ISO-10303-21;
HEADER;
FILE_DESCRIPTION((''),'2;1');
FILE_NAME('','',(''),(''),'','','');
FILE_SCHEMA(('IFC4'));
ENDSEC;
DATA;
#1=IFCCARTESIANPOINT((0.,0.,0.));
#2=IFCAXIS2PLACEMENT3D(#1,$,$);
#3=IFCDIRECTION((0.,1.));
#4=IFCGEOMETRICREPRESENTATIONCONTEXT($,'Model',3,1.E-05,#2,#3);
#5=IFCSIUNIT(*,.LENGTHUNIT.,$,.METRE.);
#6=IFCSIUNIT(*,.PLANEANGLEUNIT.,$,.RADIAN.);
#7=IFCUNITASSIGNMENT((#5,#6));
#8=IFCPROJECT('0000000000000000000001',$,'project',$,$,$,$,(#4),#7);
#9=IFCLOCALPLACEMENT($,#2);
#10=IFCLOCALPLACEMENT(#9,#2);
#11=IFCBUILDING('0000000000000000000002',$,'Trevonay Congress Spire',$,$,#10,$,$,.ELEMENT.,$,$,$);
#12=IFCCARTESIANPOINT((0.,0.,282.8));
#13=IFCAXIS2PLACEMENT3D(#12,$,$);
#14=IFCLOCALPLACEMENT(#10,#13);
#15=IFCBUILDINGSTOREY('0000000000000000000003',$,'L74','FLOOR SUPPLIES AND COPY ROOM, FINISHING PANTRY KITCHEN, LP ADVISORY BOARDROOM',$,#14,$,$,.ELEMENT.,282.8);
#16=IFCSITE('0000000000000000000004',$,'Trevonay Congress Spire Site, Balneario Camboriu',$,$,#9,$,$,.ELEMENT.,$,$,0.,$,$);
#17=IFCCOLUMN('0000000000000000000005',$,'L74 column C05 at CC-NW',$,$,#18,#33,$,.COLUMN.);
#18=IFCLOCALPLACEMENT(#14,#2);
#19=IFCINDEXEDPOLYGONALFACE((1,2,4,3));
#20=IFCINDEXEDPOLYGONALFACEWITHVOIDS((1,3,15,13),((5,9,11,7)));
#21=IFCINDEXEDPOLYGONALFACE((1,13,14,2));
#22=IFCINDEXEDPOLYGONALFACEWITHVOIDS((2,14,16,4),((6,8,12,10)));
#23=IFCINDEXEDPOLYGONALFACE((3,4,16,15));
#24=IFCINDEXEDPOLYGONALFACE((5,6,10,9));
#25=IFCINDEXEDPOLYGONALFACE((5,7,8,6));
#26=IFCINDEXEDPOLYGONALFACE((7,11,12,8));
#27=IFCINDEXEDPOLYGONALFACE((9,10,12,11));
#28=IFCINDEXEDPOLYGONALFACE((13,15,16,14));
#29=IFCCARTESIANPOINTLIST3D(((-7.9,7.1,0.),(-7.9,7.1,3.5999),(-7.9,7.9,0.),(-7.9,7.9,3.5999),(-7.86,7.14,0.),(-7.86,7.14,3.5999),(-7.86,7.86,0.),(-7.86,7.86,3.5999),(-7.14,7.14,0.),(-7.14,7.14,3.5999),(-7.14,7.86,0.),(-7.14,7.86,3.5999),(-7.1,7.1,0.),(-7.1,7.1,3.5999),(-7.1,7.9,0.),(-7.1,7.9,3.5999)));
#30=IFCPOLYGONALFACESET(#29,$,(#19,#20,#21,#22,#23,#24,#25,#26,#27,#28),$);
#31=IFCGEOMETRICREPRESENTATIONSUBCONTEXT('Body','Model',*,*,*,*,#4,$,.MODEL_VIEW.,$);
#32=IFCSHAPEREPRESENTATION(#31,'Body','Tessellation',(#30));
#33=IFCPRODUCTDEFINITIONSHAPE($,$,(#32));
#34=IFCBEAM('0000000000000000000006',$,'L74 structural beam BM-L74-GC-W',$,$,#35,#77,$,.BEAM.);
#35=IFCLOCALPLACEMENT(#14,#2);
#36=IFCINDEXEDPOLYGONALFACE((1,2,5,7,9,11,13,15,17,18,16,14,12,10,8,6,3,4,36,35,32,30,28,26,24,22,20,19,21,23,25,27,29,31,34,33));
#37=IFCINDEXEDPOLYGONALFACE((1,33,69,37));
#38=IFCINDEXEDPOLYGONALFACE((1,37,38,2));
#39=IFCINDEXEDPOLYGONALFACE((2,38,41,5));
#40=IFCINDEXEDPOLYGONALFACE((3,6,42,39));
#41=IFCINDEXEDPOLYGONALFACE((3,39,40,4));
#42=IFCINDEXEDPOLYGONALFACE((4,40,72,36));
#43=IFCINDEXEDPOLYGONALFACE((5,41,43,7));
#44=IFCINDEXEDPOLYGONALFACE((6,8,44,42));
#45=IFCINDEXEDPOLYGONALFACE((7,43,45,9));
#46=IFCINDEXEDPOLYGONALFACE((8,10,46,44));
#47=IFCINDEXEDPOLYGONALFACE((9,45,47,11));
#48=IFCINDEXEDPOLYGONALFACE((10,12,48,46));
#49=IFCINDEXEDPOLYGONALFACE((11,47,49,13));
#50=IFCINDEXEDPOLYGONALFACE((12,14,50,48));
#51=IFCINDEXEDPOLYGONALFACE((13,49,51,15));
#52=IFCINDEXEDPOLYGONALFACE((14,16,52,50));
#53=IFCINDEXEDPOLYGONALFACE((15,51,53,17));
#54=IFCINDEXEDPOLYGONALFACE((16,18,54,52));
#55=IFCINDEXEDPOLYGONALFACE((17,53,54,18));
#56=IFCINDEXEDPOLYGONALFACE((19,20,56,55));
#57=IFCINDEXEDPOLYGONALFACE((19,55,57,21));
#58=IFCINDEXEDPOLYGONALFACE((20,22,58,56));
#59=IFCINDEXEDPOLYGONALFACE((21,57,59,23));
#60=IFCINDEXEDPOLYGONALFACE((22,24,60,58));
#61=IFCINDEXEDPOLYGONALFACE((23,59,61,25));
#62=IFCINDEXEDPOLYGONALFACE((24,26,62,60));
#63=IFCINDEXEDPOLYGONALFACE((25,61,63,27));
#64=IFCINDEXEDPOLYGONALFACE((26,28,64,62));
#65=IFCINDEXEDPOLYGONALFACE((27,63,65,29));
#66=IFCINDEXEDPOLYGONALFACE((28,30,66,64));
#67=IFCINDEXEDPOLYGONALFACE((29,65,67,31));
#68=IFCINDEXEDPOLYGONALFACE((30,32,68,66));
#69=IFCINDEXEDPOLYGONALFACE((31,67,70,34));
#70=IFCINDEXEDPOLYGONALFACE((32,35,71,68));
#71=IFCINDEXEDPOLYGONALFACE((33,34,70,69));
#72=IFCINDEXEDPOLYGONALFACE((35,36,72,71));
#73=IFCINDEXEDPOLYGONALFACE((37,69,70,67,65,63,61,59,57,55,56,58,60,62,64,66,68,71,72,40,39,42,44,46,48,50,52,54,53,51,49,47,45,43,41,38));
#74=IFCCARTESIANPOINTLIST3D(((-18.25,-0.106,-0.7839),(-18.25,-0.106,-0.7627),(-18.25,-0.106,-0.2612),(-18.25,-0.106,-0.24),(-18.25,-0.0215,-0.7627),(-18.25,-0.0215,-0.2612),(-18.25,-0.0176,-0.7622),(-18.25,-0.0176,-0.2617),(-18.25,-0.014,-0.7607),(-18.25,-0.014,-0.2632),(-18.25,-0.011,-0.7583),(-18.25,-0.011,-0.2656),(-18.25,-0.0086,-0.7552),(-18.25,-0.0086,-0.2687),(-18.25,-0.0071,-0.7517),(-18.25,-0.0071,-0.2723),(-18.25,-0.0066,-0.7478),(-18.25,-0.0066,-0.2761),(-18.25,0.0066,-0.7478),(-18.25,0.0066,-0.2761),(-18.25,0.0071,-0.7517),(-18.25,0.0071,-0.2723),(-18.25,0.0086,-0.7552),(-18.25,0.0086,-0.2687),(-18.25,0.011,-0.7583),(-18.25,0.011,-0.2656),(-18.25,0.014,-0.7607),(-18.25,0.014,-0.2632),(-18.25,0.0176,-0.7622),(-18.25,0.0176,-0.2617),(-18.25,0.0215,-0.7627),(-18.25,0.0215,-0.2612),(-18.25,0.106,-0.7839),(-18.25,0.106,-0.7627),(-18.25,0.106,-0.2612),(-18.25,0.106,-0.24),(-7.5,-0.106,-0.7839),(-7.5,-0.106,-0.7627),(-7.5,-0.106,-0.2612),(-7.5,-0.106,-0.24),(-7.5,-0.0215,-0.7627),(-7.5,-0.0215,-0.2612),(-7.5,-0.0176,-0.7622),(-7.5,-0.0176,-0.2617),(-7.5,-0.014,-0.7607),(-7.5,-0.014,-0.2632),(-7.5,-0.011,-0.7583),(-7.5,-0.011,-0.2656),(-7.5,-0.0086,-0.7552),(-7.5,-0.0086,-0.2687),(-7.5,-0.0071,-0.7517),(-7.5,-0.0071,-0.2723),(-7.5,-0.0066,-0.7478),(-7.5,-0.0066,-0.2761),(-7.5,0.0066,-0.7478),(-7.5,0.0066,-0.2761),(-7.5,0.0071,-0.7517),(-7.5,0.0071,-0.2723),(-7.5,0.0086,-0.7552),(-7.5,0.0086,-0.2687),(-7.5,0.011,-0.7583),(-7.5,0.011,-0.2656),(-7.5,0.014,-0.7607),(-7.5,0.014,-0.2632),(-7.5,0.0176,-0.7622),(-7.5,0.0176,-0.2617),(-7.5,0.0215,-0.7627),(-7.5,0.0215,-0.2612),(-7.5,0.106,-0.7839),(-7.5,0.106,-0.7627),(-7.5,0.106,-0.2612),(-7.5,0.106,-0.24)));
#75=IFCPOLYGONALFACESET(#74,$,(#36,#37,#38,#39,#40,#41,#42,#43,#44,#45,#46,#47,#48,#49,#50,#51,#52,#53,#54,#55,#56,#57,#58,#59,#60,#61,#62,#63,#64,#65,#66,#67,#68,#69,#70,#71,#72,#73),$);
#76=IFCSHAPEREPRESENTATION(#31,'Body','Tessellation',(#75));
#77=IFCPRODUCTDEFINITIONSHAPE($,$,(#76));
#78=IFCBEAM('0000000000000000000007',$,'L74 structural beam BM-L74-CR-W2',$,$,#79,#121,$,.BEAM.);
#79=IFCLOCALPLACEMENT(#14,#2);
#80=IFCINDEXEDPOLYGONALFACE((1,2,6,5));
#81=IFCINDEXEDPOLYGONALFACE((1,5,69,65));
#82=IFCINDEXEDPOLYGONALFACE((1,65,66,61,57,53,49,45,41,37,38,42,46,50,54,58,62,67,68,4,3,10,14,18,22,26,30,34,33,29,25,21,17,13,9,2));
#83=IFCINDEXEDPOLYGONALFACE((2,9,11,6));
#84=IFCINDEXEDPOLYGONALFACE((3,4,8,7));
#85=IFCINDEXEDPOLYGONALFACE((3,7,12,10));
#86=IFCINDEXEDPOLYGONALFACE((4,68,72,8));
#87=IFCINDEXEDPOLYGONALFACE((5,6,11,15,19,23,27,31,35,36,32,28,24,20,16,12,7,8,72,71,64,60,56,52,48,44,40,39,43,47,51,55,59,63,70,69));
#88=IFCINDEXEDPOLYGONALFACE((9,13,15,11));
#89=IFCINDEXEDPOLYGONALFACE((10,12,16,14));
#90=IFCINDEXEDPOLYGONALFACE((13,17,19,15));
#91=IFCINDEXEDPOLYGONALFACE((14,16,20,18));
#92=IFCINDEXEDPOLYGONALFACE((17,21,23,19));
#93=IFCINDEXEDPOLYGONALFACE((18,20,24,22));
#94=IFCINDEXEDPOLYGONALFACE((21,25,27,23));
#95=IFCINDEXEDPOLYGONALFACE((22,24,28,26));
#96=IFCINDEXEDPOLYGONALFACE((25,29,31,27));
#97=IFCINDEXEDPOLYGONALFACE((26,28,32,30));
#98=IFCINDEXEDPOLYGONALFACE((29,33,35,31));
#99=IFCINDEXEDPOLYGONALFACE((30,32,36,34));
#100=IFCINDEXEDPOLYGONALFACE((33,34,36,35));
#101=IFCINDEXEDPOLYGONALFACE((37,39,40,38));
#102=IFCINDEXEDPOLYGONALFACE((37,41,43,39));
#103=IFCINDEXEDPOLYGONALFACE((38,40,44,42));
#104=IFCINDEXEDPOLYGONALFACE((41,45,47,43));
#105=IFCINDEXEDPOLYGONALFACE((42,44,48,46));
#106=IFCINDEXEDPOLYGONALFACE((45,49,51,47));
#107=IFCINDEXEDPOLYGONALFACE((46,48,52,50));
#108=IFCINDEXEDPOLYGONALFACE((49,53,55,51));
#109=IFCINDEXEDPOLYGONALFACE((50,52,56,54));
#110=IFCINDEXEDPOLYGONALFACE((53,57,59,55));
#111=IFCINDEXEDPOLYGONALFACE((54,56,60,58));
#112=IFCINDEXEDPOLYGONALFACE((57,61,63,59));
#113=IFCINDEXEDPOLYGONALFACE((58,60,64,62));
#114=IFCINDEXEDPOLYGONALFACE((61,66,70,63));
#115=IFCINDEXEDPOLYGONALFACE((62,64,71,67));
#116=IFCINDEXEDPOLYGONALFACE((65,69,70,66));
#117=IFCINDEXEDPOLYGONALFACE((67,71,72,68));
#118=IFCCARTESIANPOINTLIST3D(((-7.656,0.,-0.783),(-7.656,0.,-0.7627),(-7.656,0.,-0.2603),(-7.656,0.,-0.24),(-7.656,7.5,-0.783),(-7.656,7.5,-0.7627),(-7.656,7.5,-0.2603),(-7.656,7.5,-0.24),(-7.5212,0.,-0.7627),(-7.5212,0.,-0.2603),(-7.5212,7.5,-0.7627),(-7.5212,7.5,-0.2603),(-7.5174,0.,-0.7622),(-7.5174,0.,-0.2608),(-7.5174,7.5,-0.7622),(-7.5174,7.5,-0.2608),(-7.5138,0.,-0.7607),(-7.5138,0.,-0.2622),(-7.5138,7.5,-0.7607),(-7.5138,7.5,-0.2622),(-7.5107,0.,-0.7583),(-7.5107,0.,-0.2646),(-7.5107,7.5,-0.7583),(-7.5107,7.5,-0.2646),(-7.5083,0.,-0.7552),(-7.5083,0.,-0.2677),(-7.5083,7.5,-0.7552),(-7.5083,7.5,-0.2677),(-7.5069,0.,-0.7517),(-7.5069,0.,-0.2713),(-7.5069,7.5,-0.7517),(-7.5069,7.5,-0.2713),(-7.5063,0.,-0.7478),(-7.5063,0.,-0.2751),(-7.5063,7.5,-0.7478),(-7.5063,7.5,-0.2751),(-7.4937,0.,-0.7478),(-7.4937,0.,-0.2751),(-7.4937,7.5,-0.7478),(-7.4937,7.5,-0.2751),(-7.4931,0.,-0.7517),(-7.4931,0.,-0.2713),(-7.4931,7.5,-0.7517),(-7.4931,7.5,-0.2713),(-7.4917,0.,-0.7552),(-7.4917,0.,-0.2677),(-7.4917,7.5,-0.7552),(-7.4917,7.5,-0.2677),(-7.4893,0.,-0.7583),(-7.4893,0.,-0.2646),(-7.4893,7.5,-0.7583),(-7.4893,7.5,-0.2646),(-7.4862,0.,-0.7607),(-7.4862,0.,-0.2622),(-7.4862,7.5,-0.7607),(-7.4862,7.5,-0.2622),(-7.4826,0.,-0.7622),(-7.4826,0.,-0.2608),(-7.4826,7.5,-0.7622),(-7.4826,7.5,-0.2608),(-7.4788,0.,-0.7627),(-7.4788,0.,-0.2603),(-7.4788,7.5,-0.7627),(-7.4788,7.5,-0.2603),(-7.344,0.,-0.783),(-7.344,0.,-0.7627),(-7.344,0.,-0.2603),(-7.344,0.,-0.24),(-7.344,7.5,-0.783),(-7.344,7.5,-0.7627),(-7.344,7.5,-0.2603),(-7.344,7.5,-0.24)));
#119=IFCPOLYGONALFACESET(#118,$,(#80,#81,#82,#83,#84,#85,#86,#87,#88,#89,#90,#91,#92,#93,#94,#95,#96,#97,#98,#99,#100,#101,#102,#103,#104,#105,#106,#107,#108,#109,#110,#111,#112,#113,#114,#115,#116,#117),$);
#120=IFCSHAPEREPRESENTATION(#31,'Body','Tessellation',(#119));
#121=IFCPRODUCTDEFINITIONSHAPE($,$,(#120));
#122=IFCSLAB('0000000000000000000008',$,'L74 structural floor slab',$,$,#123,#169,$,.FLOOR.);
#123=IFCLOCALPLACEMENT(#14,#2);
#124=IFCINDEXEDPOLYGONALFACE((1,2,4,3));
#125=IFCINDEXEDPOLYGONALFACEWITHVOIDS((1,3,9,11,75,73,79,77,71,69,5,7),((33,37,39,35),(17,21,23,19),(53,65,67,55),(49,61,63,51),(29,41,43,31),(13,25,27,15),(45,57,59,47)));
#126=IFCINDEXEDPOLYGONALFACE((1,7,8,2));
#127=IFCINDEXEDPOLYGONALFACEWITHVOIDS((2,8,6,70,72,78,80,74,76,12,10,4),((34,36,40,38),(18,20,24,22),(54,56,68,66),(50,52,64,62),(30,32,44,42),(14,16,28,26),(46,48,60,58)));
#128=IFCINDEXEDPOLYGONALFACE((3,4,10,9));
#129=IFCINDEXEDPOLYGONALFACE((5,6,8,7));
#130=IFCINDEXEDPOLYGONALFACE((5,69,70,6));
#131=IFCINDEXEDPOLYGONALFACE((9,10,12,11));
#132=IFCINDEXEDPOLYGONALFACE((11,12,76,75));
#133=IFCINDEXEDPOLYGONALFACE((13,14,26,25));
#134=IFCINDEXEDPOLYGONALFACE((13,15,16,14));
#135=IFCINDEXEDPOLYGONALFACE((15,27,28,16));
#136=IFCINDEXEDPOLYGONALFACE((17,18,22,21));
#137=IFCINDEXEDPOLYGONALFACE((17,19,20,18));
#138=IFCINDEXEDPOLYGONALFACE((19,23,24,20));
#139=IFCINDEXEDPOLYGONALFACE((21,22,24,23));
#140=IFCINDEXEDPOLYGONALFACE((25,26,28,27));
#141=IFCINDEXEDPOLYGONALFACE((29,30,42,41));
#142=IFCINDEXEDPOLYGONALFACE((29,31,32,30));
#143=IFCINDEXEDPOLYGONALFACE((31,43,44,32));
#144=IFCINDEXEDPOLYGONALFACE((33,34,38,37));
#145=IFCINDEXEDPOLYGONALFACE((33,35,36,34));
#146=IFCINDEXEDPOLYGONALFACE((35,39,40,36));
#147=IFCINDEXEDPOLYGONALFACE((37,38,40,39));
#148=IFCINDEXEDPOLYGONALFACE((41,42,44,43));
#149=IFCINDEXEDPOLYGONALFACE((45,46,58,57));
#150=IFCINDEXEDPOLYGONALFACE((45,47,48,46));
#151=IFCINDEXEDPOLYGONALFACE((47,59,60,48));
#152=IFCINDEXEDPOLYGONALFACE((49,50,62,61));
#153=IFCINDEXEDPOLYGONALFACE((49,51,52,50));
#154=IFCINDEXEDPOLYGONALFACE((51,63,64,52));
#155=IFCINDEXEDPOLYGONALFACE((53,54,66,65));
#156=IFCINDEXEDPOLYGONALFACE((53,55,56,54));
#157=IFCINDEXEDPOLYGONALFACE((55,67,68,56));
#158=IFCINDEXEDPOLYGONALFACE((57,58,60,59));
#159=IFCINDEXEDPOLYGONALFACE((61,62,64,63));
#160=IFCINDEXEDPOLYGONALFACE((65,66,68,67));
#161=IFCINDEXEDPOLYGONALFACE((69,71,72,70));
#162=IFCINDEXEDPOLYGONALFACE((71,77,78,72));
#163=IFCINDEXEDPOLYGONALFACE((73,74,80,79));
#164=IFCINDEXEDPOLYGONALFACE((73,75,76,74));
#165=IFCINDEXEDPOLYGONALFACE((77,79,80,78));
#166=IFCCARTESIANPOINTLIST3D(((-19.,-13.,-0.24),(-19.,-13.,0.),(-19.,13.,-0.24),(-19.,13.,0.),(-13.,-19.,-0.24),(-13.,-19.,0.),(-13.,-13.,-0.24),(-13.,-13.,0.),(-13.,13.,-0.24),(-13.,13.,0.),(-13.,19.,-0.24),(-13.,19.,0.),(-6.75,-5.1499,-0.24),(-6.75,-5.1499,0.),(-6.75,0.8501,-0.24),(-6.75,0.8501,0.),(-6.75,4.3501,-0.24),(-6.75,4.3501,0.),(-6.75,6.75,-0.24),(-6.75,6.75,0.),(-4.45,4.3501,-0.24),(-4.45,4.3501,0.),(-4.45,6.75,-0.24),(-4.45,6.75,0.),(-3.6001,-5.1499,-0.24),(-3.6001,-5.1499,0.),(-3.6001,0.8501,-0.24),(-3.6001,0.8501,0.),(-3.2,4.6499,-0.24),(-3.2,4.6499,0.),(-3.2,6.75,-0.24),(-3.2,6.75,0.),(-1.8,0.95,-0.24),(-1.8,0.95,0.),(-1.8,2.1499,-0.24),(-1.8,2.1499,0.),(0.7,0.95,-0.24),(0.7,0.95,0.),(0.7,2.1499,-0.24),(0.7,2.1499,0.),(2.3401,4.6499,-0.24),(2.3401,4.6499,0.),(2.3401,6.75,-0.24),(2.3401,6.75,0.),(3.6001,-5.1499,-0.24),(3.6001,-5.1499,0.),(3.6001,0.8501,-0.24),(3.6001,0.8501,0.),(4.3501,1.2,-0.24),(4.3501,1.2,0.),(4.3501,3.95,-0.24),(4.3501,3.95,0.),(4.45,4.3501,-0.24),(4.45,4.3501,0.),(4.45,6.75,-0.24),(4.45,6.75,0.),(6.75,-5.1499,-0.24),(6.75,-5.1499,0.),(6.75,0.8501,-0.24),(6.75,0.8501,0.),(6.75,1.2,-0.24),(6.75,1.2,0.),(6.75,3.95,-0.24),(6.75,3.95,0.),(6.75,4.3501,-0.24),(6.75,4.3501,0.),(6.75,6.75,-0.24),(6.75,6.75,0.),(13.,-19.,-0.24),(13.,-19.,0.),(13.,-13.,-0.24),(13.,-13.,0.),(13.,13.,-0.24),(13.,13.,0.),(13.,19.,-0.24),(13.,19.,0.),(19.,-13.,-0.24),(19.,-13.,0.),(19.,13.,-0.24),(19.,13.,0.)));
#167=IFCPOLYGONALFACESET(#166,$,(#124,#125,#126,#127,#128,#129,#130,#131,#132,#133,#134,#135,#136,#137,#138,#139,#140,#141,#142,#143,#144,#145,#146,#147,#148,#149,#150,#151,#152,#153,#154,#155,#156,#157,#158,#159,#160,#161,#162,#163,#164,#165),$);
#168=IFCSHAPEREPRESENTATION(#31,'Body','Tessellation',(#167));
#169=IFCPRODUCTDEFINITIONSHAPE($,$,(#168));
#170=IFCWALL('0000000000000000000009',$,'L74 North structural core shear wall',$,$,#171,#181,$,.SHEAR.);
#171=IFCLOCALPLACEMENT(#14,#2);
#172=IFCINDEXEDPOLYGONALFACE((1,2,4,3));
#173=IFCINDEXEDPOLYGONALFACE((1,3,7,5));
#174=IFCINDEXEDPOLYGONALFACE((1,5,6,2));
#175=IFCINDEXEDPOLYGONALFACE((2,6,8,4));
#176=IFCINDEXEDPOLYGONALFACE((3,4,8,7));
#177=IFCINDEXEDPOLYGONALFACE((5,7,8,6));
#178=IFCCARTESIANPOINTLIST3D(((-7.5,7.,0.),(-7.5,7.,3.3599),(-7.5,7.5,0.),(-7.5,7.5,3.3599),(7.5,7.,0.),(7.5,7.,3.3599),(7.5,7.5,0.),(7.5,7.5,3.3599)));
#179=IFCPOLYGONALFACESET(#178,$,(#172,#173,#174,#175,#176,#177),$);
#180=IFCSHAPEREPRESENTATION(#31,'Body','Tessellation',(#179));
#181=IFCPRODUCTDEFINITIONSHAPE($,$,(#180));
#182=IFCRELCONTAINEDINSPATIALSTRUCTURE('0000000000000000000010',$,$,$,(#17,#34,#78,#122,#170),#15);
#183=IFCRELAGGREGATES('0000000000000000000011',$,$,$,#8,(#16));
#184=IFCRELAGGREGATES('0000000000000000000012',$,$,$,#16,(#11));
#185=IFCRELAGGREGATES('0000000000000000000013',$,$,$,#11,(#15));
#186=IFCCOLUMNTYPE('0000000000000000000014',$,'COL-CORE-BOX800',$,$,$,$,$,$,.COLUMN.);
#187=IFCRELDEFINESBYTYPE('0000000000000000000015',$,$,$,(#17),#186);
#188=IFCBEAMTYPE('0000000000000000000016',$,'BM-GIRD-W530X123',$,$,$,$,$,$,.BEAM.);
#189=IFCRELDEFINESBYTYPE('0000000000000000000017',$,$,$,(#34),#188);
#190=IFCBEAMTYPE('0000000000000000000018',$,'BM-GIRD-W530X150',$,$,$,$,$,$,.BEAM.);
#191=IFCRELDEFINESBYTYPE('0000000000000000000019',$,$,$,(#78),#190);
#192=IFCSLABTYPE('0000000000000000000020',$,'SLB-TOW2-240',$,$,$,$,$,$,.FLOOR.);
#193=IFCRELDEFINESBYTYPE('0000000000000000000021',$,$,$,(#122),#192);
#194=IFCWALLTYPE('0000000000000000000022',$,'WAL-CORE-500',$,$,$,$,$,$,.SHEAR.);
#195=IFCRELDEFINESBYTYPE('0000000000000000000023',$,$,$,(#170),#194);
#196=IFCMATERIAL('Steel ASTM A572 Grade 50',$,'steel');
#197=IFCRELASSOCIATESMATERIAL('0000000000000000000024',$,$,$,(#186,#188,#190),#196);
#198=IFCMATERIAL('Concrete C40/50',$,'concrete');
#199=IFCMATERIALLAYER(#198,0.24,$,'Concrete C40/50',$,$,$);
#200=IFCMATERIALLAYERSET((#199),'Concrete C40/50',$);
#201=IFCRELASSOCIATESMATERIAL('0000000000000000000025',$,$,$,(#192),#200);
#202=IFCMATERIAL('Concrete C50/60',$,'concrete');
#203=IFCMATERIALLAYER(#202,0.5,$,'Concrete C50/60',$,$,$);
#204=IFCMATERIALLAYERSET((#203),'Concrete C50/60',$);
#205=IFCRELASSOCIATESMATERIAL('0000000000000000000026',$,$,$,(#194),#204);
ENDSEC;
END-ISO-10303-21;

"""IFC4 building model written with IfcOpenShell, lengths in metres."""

from ifc_helpers import new_model, si_unit, direction, frame, frame_2d, origin, origin_2d, place, context, subcontext, project, spatial, polyline, rectangle, hollow_rectangle, i_section, outline, extrude, material, layer, layer_set, material_profile, profile_set, type_object, element, save


model = new_model("IFC4")

# Units and contexts
model_context = context("Model", 3, precision=1e-05, world=origin(), true_north=direction((0.0, 1.0)))
body_context = subcontext(model_context, "Body", "Model", "MODEL_VIEW")
ifc_project = project(units=[si_unit("LENGTHUNIT", "METRE"), si_unit("PLANEANGLEUNIT", "RADIAN")], contexts=[model_context])

# Site, building, storey
site_placement = place(None, origin())
site = spatial("IfcSite", under=ifc_project, at=site_placement, Name="Trevonay Congress Spire Site, Balneario Camboriu", CompositionType="ELEMENT", RefElevation=0.0)
building_placement = place(site_placement, origin())
building = spatial("IfcBuilding", under=site, at=building_placement, Name="Trevonay Congress Spire", CompositionType="ELEMENT")
storey_placement = place(building_placement, frame((0.0, 0.0, 282.8)))
storey = spatial("IfcBuildingStorey", under=building, at=storey_placement, Name="L74", Description="FLOOR SUPPLIES AND COPY ROOM, FINISHING PANTRY KITCHEN, LP ADVISORY BOARDROOM", CompositionType="ELEMENT", Elevation=282.8)

# Column
ifc_material_1 = material(Name="Steel ASTM A572 Grade 50", Category="steel")
ifc_material_profile_1 = material_profile(ifc_material_1, hollow_rectangle(XDim=0.8, YDim=0.8, WallThickness=0.04, at=origin_2d()), Name="BOX 800x800x40")
ifc_profile_set_1 = profile_set([ifc_material_profile_1], Name="Steel ASTM A572 Grade 50")
column_type = type_object("IfcColumnType", Name="COL-CORE-BOX800", PredefinedType="COLUMN", material=ifc_profile_set_1)
column_placement = place(storey_placement, frame((-7.5, 7.5, 0.0), z_axis=(0.0, 0.0, 1.0), x_axis=(1.0, 0.0, 0.0)))
element("IfcColumn", 1, at=column_placement, inside=storey, type_object=column_type, Name="L74 column C05 at CC-NW", PredefinedType="COLUMN", context=body_context, shape_type="SweptSolid", body=[
    extrude(hollow_rectangle(XDim=0.8, YDim=0.8, WallThickness=0.04, at=origin_2d()), origin(), (0.0, 0.0, 1.0), 3.5999),
])

# Beams
ifc_material_profile_2 = material_profile(ifc_material_1, i_section(OverallWidth=0.2119, OverallDepth=0.5439, WebThickness=0.0132, FlangeThickness=0.0212, FilletRadius=0.0149, at=origin_2d()), Name="W530x123")
ifc_profile_set_2 = profile_set([ifc_material_profile_2], Name="Steel ASTM A572 Grade 50")
beam_type_1 = type_object("IfcBeamType", Name="BM-GIRD-W530X123", PredefinedType="BEAM", material=ifc_profile_set_2)
beam_1_placement = place(storey_placement, frame((-7.5, 0.0, -0.512), z_axis=(-1.0, 0.0, 0.0), x_axis=(0.0, -1.0, 0.0)))
element("IfcBeam", 2, at=beam_1_placement, inside=storey, type_object=beam_type_1, Name="L74 structural beam BM-L74-GC-W", PredefinedType="BEAM", context=body_context, shape_type="SweptSolid", body=[
    extrude(i_section(OverallWidth=0.2119, OverallDepth=0.5439, WebThickness=0.0132, FlangeThickness=0.0212, FilletRadius=0.0149, at=origin_2d()), origin(), (0.0, 0.0, 1.0), 10.75),
])
ifc_material_profile_3 = material_profile(ifc_material_1, i_section(OverallWidth=0.312, OverallDepth=0.543, WebThickness=0.0127, FlangeThickness=0.0203, FilletRadius=0.0149, at=origin_2d()), Name="W530x150")
ifc_profile_set_3 = profile_set([ifc_material_profile_3], Name="Steel ASTM A572 Grade 50")
beam_type_2 = type_object("IfcBeamType", Name="BM-GIRD-W530X150", PredefinedType="BEAM", material=ifc_profile_set_3)
beam_2_placement = place(storey_placement, frame((-7.5, 0.0, -0.5115), z_axis=(0.0, 1.0, 0.0), x_axis=(-1.0, 0.0, 0.0)))
element("IfcBeam", 3, at=beam_2_placement, inside=storey, type_object=beam_type_2, Name="L74 structural beam BM-L74-CR-W2", PredefinedType="BEAM", context=body_context, shape_type="SweptSolid", body=[
    extrude(i_section(OverallWidth=0.312, OverallDepth=0.543, WebThickness=0.0127, FlangeThickness=0.0203, FilletRadius=0.0149, at=origin_2d()), origin(), (0.0, 0.0, 1.0), 7.5),
])

# Slab
ifc_material_2 = material(Name="Concrete C40/50", Category="concrete")
ifc_layer_1 = layer(ifc_material_2, 0.24, Name="Concrete C40/50")
ifc_layer_set_1 = layer_set([ifc_layer_1], Name="Concrete C40/50")
slab_type = type_object("IfcSlabType", Name="SLB-TOW2-240", PredefinedType="FLOOR", material=ifc_layer_set_1)
slab_placement = place(storey_placement, frame((0.0, 0.0, -0.24)))
element("IfcSlab", 4, at=slab_placement, inside=storey, type_object=slab_type, Name="L74 structural floor slab", PredefinedType="FLOOR", context=body_context, shape_type="SweptSolid", body=[
    extrude(outline(polyline([(-13.0, -19.0), (13.0, -19.0), (13.0, -13.0), (19.0, -13.0), (19.0, 13.0), (13.0, 13.0), (13.0, 19.0), (-13.0, 19.0), (-13.0, 13.0), (-19.0, 13.0), (-19.0, -13.0), (-13.0, -13.0), (-13.0, -19.0)]), holes=[polyline([(-3.6001, -5.1499), (-3.6001, 0.8501), (-6.75, 0.8501), (-6.75, -5.1499), (-3.6001, -5.1499)]), polyline([(6.75, -5.1499), (6.75, 0.8501), (3.6001, 0.8501), (3.6001, -5.1499), (6.75, -5.1499)]), polyline([(-3.2, 4.6499), (2.3401, 4.6499), (2.3401, 6.75), (-3.2, 6.75), (-3.2, 4.6499)]), polyline([(-6.75, 4.3501), (-4.45, 4.3501), (-4.45, 6.75), (-6.75, 6.75), (-6.75, 4.3501)]), polyline([(4.45, 4.3501), (6.75, 4.3501), (6.75, 6.75), (4.45, 6.75), (4.45, 4.3501)]), polyline([(4.3501, 1.2), (6.75, 1.2), (6.75, 3.95), (4.3501, 3.95), (4.3501, 1.2)]), polyline([(-1.8, 0.95), (0.7, 0.95), (0.7, 2.1499), (-1.8, 2.1499), (-1.8, 0.95)])]), origin(), (0.0, 0.0, 1.0), 0.24),
])

# Wall
ifc_material_3 = material(Name="Concrete C50/60", Category="concrete")
ifc_layer_2 = layer(ifc_material_3, 0.5, Name="Concrete C50/60")
ifc_layer_set_2 = layer_set([ifc_layer_2], Name="Concrete C50/60")
wall_type_1 = type_object("IfcWallType", Name="WAL-CORE-500", PredefinedType="SHEAR", material=ifc_layer_set_2)
wall_1_placement = place(storey_placement, frame((-7.5, 7.25, 0.0), z_axis=(0.0, 0.0, 1.0), x_axis=(1.0, 0.0, 0.0)))
element("IfcWall", 5, at=wall_1_placement, inside=storey, type_object=wall_type_1, Name="L74 North structural core shear wall", PredefinedType="SHEAR", context=body_context, shape_type="SweptSolid", body=[
    extrude(rectangle(XDim=15.0, YDim=0.5, at=frame_2d((7.5, 0.0))), origin(), (0.0, 0.0, 1.0), 3.3599),
])

save(model, "model.ifc")
